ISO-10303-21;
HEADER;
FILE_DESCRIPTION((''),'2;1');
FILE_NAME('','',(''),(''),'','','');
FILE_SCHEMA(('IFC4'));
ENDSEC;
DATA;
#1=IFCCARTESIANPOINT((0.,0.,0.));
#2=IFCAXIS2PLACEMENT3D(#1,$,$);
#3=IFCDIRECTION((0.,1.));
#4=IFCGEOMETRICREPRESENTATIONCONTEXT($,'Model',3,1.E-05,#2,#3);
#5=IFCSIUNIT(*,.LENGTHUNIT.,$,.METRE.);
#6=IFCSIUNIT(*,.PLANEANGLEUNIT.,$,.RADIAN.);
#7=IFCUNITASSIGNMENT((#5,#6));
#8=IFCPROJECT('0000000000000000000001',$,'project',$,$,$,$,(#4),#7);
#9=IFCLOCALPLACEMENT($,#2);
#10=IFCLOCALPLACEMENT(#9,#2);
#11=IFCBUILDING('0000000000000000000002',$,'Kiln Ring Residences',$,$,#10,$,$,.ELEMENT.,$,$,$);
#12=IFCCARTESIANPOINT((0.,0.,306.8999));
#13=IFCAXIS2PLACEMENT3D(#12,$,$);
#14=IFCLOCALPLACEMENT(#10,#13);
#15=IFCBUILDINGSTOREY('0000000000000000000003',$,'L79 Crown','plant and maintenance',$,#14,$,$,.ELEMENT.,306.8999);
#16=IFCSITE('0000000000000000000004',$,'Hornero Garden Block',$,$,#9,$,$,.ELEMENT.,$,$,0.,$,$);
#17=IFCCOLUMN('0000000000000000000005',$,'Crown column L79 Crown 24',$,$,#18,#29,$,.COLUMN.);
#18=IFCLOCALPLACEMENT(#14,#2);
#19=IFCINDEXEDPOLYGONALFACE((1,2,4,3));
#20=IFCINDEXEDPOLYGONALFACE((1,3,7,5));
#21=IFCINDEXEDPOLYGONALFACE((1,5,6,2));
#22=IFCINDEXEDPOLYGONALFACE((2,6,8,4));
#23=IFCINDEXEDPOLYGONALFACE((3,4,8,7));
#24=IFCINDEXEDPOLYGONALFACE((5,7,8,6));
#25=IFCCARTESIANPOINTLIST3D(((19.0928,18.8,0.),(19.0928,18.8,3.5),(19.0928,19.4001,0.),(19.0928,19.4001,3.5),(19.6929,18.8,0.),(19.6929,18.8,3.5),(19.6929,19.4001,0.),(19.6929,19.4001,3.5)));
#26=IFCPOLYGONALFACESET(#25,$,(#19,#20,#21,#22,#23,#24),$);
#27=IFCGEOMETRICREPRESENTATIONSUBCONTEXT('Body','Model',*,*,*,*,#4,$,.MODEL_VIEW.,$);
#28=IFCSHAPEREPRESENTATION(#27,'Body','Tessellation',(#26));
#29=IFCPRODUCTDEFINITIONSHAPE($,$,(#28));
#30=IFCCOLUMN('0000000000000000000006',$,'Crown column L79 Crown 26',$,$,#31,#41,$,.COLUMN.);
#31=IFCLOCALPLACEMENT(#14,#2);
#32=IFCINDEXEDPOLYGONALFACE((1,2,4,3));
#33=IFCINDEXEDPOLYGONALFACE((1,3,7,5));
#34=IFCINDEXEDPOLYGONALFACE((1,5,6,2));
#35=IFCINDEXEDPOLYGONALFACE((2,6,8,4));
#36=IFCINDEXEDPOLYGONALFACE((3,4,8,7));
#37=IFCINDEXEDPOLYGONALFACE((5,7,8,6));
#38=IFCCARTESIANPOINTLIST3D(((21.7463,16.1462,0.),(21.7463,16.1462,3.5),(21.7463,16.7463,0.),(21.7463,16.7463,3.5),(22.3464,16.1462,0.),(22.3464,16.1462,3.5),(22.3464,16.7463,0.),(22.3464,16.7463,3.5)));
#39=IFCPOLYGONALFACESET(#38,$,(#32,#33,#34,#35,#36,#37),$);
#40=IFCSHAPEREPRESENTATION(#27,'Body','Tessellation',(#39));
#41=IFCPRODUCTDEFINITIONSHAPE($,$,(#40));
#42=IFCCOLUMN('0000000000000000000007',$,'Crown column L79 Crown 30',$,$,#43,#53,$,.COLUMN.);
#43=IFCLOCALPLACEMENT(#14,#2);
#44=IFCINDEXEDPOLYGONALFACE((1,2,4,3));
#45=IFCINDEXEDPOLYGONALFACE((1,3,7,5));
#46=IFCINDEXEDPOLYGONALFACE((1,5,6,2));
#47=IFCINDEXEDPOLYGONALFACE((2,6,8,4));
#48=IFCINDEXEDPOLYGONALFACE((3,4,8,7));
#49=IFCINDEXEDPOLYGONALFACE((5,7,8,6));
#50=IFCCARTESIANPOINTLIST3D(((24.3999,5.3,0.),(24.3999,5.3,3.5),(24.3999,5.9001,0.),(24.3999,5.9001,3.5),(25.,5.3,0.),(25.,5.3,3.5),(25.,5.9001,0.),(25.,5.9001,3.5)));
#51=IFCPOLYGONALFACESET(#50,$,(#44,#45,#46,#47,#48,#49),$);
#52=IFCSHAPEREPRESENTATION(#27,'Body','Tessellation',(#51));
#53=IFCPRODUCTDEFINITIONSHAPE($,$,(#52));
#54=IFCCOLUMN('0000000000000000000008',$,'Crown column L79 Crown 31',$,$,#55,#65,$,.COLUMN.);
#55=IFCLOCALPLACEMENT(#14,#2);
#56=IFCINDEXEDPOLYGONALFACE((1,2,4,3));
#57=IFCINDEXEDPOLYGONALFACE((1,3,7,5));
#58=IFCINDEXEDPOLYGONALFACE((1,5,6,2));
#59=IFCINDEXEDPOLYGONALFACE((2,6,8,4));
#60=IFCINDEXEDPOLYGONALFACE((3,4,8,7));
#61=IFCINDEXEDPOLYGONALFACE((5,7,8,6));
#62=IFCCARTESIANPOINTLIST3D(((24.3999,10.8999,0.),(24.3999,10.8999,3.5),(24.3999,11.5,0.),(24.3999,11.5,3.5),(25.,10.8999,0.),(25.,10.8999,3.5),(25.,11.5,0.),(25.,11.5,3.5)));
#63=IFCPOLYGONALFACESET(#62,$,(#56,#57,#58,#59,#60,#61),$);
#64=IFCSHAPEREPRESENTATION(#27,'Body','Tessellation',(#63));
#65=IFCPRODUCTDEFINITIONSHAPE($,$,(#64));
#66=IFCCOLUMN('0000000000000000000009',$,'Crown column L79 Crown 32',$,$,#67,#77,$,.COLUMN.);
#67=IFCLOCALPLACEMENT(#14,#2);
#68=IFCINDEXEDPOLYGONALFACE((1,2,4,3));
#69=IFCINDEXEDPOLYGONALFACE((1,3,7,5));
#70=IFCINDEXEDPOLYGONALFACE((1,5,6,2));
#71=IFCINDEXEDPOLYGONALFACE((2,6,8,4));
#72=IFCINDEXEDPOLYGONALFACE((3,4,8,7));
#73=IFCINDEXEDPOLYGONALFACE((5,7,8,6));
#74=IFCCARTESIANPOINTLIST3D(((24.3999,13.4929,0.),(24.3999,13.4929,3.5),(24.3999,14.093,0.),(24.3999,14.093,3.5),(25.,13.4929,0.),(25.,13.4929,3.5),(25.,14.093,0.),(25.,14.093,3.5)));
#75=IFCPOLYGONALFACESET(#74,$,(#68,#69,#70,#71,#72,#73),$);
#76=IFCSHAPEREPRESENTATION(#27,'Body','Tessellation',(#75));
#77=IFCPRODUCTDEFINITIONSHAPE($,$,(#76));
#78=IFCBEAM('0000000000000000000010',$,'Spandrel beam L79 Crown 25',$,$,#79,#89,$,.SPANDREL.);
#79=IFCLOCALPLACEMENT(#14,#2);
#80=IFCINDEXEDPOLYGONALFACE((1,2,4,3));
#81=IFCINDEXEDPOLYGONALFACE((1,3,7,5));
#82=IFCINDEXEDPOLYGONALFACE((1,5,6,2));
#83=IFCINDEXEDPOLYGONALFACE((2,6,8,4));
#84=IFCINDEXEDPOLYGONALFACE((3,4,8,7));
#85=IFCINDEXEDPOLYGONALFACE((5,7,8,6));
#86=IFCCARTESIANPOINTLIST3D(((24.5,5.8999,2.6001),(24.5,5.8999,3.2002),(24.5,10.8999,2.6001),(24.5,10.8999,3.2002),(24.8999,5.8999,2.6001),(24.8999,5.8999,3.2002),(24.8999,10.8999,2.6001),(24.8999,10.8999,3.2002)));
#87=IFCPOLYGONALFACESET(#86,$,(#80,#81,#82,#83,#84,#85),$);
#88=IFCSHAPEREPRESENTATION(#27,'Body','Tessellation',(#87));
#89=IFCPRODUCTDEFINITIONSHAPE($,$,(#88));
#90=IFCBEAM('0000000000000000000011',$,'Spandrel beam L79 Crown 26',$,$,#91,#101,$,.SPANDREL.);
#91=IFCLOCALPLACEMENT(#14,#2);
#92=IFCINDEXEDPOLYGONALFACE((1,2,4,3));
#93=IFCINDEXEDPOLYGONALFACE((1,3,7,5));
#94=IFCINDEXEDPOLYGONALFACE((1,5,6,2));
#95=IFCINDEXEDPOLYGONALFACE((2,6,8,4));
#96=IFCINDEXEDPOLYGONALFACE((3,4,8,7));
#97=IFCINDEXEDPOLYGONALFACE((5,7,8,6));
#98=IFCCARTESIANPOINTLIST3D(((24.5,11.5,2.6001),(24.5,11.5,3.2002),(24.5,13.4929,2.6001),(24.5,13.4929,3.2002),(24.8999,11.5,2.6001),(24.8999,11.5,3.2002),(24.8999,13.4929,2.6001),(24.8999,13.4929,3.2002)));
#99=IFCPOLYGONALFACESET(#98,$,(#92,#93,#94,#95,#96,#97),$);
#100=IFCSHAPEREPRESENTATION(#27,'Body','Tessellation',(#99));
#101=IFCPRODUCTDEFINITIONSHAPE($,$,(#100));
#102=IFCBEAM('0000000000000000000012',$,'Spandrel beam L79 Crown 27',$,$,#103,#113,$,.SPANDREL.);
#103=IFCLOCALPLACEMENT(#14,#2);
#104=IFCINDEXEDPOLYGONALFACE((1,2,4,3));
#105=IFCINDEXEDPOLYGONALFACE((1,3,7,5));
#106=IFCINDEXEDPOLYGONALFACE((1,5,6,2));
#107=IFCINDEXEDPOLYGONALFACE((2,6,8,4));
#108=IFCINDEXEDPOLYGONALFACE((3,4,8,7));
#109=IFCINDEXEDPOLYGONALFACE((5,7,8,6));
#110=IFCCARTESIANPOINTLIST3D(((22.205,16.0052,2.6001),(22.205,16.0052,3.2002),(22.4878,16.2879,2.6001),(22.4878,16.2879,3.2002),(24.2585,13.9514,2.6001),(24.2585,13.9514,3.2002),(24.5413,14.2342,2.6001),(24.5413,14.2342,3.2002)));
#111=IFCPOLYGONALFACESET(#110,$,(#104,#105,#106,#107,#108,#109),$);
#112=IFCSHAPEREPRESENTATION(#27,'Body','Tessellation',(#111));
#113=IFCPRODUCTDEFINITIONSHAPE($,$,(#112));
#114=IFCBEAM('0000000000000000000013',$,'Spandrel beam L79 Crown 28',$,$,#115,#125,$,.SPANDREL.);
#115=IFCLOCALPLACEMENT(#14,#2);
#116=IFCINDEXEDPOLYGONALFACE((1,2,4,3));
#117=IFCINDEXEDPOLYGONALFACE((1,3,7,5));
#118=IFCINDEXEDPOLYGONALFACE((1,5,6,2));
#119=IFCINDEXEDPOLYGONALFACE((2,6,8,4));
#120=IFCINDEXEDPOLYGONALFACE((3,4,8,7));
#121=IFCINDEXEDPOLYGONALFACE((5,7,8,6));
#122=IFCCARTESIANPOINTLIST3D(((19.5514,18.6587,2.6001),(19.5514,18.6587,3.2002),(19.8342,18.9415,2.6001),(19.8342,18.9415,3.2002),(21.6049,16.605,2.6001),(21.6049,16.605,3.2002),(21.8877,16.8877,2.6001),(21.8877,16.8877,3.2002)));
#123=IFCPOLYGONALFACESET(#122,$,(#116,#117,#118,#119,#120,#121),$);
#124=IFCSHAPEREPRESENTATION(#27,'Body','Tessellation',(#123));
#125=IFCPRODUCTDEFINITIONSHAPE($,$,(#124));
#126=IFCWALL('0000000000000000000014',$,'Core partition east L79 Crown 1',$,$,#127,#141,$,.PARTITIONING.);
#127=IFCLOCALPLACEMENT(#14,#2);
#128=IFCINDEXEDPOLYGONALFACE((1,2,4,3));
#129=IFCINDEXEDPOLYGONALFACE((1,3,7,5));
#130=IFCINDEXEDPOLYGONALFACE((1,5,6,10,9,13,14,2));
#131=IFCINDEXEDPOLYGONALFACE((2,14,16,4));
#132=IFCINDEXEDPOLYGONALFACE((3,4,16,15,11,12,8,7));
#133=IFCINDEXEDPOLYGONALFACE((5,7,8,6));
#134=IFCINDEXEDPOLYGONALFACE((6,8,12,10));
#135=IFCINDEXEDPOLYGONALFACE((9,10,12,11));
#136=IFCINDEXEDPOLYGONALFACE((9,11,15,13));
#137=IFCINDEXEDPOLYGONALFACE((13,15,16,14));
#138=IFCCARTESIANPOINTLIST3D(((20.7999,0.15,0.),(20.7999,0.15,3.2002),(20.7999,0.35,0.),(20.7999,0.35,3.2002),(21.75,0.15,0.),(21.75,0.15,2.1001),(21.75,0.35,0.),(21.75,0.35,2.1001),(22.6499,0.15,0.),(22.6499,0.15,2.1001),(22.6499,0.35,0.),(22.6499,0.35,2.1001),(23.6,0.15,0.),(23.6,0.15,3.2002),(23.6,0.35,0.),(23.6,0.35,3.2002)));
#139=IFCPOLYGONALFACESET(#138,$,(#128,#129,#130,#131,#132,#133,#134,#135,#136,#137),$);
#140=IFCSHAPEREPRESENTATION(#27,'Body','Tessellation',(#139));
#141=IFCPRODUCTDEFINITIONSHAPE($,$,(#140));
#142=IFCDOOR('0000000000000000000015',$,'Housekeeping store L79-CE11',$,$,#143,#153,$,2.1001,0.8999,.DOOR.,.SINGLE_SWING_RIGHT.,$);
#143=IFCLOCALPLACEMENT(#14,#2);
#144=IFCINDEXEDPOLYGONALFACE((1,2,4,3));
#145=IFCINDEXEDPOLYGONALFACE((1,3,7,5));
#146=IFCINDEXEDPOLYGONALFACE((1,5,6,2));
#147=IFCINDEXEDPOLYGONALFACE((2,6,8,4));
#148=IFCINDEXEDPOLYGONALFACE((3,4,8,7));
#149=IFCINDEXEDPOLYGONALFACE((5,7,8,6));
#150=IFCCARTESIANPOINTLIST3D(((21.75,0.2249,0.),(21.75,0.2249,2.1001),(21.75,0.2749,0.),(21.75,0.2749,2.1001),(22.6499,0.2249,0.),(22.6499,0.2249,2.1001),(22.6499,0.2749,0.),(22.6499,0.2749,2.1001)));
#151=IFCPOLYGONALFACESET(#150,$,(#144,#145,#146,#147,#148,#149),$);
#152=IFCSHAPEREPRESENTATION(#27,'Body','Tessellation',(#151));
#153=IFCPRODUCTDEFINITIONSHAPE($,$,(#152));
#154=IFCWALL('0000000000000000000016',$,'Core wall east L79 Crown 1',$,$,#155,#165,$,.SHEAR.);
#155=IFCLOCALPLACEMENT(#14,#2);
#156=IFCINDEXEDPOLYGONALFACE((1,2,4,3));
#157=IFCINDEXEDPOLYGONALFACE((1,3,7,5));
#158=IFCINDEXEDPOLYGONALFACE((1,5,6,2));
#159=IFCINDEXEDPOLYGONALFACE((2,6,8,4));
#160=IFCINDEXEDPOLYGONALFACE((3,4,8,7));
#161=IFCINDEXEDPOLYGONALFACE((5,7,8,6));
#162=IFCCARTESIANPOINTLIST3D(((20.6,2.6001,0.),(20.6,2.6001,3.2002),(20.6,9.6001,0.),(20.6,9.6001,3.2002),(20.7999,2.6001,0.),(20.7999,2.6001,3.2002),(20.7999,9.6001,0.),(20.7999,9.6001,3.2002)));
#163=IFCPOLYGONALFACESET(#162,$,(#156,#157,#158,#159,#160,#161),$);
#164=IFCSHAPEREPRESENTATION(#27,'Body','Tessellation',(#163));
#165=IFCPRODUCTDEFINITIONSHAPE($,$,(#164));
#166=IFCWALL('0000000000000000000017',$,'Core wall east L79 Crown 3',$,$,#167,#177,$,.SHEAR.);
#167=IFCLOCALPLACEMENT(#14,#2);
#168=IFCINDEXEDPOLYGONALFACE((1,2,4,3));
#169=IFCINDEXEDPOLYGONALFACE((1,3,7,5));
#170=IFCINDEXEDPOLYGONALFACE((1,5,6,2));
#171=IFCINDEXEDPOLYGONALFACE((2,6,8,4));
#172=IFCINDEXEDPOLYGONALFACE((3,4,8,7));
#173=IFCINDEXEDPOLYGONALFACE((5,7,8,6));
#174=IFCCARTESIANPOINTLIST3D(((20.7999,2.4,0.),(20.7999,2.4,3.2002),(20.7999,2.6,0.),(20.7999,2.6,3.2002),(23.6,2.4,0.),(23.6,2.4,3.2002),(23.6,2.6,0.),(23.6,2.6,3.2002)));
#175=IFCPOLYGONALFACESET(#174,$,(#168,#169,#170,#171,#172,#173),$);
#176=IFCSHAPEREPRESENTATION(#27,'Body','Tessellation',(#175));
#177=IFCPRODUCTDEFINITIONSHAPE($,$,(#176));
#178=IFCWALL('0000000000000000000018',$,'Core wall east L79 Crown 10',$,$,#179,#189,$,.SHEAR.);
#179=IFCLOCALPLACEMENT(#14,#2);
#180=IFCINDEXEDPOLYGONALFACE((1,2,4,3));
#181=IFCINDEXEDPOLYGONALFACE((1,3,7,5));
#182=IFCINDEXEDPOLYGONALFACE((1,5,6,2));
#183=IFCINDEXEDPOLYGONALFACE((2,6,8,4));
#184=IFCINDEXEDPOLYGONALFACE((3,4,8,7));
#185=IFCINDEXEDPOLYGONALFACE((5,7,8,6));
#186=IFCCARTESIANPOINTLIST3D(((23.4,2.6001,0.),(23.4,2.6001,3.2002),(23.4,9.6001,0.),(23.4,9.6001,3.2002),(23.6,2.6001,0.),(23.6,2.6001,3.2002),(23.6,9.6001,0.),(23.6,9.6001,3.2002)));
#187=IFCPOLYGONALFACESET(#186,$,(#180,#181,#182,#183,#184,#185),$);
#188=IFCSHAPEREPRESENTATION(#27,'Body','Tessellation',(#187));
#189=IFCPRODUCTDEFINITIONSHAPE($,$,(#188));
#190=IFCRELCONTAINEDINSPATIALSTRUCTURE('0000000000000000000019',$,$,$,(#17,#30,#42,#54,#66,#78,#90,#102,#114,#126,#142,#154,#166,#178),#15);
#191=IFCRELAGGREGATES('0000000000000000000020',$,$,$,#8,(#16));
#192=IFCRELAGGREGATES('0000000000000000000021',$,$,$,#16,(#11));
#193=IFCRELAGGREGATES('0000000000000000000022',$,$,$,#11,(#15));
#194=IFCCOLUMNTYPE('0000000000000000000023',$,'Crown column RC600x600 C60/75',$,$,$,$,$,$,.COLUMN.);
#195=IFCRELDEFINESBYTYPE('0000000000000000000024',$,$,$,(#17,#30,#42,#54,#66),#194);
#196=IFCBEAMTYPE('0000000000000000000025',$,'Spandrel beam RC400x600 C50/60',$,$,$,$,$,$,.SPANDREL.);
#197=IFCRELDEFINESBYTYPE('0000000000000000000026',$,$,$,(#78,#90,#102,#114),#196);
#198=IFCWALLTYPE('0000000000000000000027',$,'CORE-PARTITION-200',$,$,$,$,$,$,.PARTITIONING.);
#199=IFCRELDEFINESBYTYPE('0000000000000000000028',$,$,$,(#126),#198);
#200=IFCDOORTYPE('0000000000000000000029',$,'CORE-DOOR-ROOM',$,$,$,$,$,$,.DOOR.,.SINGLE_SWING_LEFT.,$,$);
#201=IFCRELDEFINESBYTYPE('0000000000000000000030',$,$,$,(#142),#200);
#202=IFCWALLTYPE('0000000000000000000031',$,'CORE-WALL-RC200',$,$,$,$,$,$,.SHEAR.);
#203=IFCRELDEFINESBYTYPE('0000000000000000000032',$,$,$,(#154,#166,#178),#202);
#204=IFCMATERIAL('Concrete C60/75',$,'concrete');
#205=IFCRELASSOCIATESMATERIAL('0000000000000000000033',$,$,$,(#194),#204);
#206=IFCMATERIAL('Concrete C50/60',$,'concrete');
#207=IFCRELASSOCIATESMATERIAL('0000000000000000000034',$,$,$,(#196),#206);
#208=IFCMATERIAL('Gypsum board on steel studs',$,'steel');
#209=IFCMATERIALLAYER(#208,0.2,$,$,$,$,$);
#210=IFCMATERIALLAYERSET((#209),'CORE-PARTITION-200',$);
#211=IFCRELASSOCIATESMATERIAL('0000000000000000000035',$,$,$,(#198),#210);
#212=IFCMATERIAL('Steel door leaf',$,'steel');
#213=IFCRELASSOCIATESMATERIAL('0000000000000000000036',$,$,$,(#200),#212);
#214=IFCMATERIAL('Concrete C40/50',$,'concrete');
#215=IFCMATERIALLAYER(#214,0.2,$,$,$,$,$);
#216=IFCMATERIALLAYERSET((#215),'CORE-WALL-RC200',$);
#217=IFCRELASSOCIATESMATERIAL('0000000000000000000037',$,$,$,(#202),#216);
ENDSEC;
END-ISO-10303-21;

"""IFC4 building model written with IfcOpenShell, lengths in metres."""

from ifc_helpers import new_model, si_unit, direction, frame, frame_2d, origin, origin_2d, place, context, subcontext, project, spatial, rectangle, extrude, material, layer, layer_set, material_profile, profile_set, type_object, element, fill, save


model = new_model("IFC4")

# Units and contexts
model_context = context("Model", 3, precision=1e-05, world=origin(), true_north=direction((0.0, 1.0)))
body_context = subcontext(model_context, "Body", "Model", "MODEL_VIEW")
ifc_project = project(units=[si_unit("LENGTHUNIT", "METRE"), si_unit("PLANEANGLEUNIT", "RADIAN")], contexts=[model_context])

# Site, building, storey
site_placement = place(None, origin())
site = spatial("IfcSite", under=ifc_project, at=site_placement, Name="Hornero Garden Block", CompositionType="ELEMENT", RefElevation=0.0)
building_placement = place(site_placement, origin())
building = spatial("IfcBuilding", under=site, at=building_placement, Name="Kiln Ring Residences", CompositionType="ELEMENT")
storey_placement = place(building_placement, frame((0.0, 0.0, 306.8999)))
storey = spatial("IfcBuildingStorey", under=building, at=storey_placement, Name="L79 Crown", Description="plant and maintenance", CompositionType="ELEMENT", Elevation=306.8999)

# Columns
ifc_material_1 = material(Name="Concrete C60/75", Category="concrete")
ifc_material_profile_1 = material_profile(ifc_material_1, rectangle(XDim=0.6001, YDim=0.6001, at=origin_2d()), Name="RC600x600")
ifc_profile_set_1 = profile_set([ifc_material_profile_1], Name="Concrete C60/75")
column_type = type_object("IfcColumnType", Name="Crown column RC600x600 C60/75", PredefinedType="COLUMN", material=ifc_profile_set_1)
for number, where, z_axis, x_axis, name in (
    (1, (19.3928, 19.1001, 0.0), (0.0, 0.0, 1.0), (1.0, 0.0, 0.0), "Crown column L79 Crown 24"),
    (2, (22.0464, 16.4463, 0.0), (0.0, 0.0, 1.0), (1.0, 0.0, 0.0), "Crown column L79 Crown 26"),
    (3, (24.7, 5.6001, 0.0), (0.0, 0.0, 1.0), (1.0, 0.0, 0.0), "Crown column L79 Crown 30"),
    (4, (24.7, 11.2, 0.0), (0.0, 0.0, 1.0), (1.0, 0.0, 0.0), "Crown column L79 Crown 31"),
    (5, (24.7, 13.793, 0.0), (0.0, 0.0, 1.0), (1.0, 0.0, 0.0), "Crown column L79 Crown 32"),
):
    element("IfcColumn", number, at=place(storey_placement, frame(where, z_axis=z_axis, x_axis=x_axis)), inside=storey, type_object=column_type, Name=name, PredefinedType="COLUMN", context=body_context, shape_type="SweptSolid", body=[
        extrude(rectangle(XDim=0.6001, YDim=0.6001, at=origin_2d()), origin(), (0.0, 0.0, 1.0), 3.5),
    ])

# Beams
ifc_material_2 = material(Name="Concrete C50/60", Category="concrete")
ifc_material_profile_2 = material_profile(ifc_material_2, rectangle(XDim=0.3999, YDim=0.6001, at=origin_2d()), Name="RC400x600")
ifc_profile_set_2 = profile_set([ifc_material_profile_2], Name="Concrete C50/60")
beam_type = type_object("IfcBeamType", Name="Spandrel beam RC400x600 C50/60", PredefinedType="SPANDREL", material=ifc_profile_set_2)
beam_1_placement = place(storey_placement, frame((24.7, 5.8999, 2.9001), z_axis=(0.0, 1.0, 0.0), x_axis=(-1.0, 0.0, 0.0)))
element("IfcBeam", 6, at=beam_1_placement, inside=storey, type_object=beam_type, Name="Spandrel beam L79 Crown 25", PredefinedType="SPANDREL", context=body_context, shape_type="SweptSolid", body=[
    extrude(rectangle(XDim=0.3999, YDim=0.6001, at=origin_2d()), origin(), (0.0, 0.0, 1.0), 5.0),
])
beam_2_placement = place(storey_placement, frame((24.7, 11.5, 2.9001), z_axis=(0.0, 1.0, 0.0), x_axis=(-1.0, 0.0, 0.0)))
element("IfcBeam", 7, at=beam_2_placement, inside=storey, type_object=beam_type, Name="Spandrel beam L79 Crown 26", PredefinedType="SPANDREL", context=body_context, shape_type="SweptSolid", body=[
    extrude(rectangle(XDim=0.3999, YDim=0.6001, at=origin_2d()), origin(), (0.0, 0.0, 1.0), 1.9929),
])
for number, where, z_axis, x_axis, name in (
    (8, (24.3999, 14.0928, 2.9001), (-0.707065, 0.707149, 0.0), (-0.707149, -0.707065, 0.0), "Spandrel beam L79 Crown 27"),
    (9, (21.7463, 16.7463, 2.9001), (-0.707065, 0.707149, 0.0), (-0.707149, -0.707065, 0.0), "Spandrel beam L79 Crown 28"),
):
    element("IfcBeam", number, at=place(storey_placement, frame(where, z_axis=z_axis, x_axis=x_axis)), inside=storey, type_object=beam_type, Name=name, PredefinedType="SPANDREL", context=body_context, shape_type="SweptSolid", body=[
        extrude(rectangle(XDim=0.3999, YDim=0.6001, at=origin_2d()), origin(), (0.0, 0.0, 1.0), 2.9043),
    ])

# Wall, opening, door
ifc_material_3 = material(Name="Gypsum board on steel studs", Category="steel")
ifc_layer_1 = layer(ifc_material_3, 0.2)
ifc_layer_set_1 = layer_set([ifc_layer_1], Name="CORE-PARTITION-200")
wall_type_1 = type_object("IfcWallType", Name="CORE-PARTITION-200", PredefinedType="PARTITIONING", material=ifc_layer_set_1)
wall_1_placement = place(storey_placement, frame((20.8, 0.25, 0.0), z_axis=(0.0, 0.0, 1.0), x_axis=(1.0, 0.0, 0.0)))
wall_1 = element("IfcWall", 10, at=wall_1_placement, inside=storey, type_object=wall_type_1, Name="Core partition east L79 Crown 1", PredefinedType="PARTITIONING", context=body_context, shape_type="SweptSolid", body=[
    extrude(rectangle(XDim=2.8, YDim=0.2, at=frame_2d((1.3999, 0.0))), origin(), (0.0, 0.0, 1.0), 3.2002),
])
opening_1_placement = place(wall_1_placement, frame((0.95, 0.0, 0.0)))
opening_1 = element("IfcOpeningElement", 11, at=opening_1_placement, cuts=wall_1, PredefinedType="OPENING", context=body_context, shape_type="SweptSolid", body=[
    extrude(rectangle(XDim=0.8999, YDim=2.1001, at=frame_2d((0.45, 1.05))), frame((0.0, 0.1099, 0.0), z_axis=(0.0, -1.0, 0.0), x_axis=(1.0, 0.0, 0.0)), (0.0, 0.0, 1.0), 0.22),
])
ifc_material_4 = material(Name="Steel door leaf", Category="steel")
door_type = type_object("IfcDoorType", Name="CORE-DOOR-ROOM", OperationType="SINGLE_SWING_LEFT", PredefinedType="DOOR", material=ifc_material_4)
door_placement = place(opening_1_placement, origin())
door = element("IfcDoor", 12, at=door_placement, inside=storey, type_object=door_type, Name="Housekeeping store L79-CE11", OperationType="SINGLE_SWING_RIGHT", OverallHeight=2.1001, OverallWidth=0.8999, PredefinedType="DOOR", context=body_context, shape_type="SweptSolid", body=[
    extrude(rectangle(XDim=0.8999, YDim=2.1001, at=frame_2d((0.45, 1.05))), frame((0.0, 0.0249, 0.0), z_axis=(0.0, -1.0, 0.0), x_axis=(1.0, 0.0, 0.0)), (0.0, 0.0, 1.0), 0.05),
])
fill(opening_1, door)

# Walls
ifc_material_5 = material(Name="Concrete C40/50", Category="concrete")
ifc_layer_2 = layer(ifc_material_5, 0.2)
ifc_layer_set_2 = layer_set([ifc_layer_2], Name="CORE-WALL-RC200")
wall_type_2 = type_object("IfcWallType", Name="CORE-WALL-RC200", PredefinedType="SHEAR", material=ifc_layer_set_2)
wall_2_placement = place(storey_placement, frame((20.7, 2.6001, 0.0), z_axis=(0.0, 0.0, 1.0), x_axis=(0.0, 1.0, 0.0)))
element("IfcWall", 13, at=wall_2_placement, inside=storey, type_object=wall_type_2, Name="Core wall east L79 Crown 1", PredefinedType="SHEAR", context=body_context, shape_type="SweptSolid", body=[
    extrude(rectangle(XDim=7.0, YDim=0.2, at=frame_2d((3.5, 0.0))), origin(), (0.0, 0.0, 1.0), 3.2002),
])
wall_3_placement = place(storey_placement, frame((20.8, 2.5, 0.0), z_axis=(0.0, 0.0, 1.0), x_axis=(1.0, 0.0, 0.0)))
element("IfcWall", 14, at=wall_3_placement, inside=storey, type_object=wall_type_2, Name="Core wall east L79 Crown 3", PredefinedType="SHEAR", context=body_context, shape_type="SweptSolid", body=[
    extrude(rectangle(XDim=2.8, YDim=0.2, at=frame_2d((1.3999, 0.0))), origin(), (0.0, 0.0, 1.0), 3.2002),
])
wall_4_placement = place(storey_placement, frame((23.5, 2.6001, 0.0), z_axis=(0.0, 0.0, 1.0), x_axis=(0.0, 1.0, 0.0)))
element("IfcWall", 15, at=wall_4_placement, inside=storey, type_object=wall_type_2, Name="Core wall east L79 Crown 10", PredefinedType="SHEAR", context=body_context, shape_type="SweptSolid", body=[
    extrude(rectangle(XDim=7.0, YDim=0.2, at=frame_2d((3.5, 0.0))), origin(), (0.0, 0.0, 1.0), 3.2002),
])

save(model, "model.ifc")
